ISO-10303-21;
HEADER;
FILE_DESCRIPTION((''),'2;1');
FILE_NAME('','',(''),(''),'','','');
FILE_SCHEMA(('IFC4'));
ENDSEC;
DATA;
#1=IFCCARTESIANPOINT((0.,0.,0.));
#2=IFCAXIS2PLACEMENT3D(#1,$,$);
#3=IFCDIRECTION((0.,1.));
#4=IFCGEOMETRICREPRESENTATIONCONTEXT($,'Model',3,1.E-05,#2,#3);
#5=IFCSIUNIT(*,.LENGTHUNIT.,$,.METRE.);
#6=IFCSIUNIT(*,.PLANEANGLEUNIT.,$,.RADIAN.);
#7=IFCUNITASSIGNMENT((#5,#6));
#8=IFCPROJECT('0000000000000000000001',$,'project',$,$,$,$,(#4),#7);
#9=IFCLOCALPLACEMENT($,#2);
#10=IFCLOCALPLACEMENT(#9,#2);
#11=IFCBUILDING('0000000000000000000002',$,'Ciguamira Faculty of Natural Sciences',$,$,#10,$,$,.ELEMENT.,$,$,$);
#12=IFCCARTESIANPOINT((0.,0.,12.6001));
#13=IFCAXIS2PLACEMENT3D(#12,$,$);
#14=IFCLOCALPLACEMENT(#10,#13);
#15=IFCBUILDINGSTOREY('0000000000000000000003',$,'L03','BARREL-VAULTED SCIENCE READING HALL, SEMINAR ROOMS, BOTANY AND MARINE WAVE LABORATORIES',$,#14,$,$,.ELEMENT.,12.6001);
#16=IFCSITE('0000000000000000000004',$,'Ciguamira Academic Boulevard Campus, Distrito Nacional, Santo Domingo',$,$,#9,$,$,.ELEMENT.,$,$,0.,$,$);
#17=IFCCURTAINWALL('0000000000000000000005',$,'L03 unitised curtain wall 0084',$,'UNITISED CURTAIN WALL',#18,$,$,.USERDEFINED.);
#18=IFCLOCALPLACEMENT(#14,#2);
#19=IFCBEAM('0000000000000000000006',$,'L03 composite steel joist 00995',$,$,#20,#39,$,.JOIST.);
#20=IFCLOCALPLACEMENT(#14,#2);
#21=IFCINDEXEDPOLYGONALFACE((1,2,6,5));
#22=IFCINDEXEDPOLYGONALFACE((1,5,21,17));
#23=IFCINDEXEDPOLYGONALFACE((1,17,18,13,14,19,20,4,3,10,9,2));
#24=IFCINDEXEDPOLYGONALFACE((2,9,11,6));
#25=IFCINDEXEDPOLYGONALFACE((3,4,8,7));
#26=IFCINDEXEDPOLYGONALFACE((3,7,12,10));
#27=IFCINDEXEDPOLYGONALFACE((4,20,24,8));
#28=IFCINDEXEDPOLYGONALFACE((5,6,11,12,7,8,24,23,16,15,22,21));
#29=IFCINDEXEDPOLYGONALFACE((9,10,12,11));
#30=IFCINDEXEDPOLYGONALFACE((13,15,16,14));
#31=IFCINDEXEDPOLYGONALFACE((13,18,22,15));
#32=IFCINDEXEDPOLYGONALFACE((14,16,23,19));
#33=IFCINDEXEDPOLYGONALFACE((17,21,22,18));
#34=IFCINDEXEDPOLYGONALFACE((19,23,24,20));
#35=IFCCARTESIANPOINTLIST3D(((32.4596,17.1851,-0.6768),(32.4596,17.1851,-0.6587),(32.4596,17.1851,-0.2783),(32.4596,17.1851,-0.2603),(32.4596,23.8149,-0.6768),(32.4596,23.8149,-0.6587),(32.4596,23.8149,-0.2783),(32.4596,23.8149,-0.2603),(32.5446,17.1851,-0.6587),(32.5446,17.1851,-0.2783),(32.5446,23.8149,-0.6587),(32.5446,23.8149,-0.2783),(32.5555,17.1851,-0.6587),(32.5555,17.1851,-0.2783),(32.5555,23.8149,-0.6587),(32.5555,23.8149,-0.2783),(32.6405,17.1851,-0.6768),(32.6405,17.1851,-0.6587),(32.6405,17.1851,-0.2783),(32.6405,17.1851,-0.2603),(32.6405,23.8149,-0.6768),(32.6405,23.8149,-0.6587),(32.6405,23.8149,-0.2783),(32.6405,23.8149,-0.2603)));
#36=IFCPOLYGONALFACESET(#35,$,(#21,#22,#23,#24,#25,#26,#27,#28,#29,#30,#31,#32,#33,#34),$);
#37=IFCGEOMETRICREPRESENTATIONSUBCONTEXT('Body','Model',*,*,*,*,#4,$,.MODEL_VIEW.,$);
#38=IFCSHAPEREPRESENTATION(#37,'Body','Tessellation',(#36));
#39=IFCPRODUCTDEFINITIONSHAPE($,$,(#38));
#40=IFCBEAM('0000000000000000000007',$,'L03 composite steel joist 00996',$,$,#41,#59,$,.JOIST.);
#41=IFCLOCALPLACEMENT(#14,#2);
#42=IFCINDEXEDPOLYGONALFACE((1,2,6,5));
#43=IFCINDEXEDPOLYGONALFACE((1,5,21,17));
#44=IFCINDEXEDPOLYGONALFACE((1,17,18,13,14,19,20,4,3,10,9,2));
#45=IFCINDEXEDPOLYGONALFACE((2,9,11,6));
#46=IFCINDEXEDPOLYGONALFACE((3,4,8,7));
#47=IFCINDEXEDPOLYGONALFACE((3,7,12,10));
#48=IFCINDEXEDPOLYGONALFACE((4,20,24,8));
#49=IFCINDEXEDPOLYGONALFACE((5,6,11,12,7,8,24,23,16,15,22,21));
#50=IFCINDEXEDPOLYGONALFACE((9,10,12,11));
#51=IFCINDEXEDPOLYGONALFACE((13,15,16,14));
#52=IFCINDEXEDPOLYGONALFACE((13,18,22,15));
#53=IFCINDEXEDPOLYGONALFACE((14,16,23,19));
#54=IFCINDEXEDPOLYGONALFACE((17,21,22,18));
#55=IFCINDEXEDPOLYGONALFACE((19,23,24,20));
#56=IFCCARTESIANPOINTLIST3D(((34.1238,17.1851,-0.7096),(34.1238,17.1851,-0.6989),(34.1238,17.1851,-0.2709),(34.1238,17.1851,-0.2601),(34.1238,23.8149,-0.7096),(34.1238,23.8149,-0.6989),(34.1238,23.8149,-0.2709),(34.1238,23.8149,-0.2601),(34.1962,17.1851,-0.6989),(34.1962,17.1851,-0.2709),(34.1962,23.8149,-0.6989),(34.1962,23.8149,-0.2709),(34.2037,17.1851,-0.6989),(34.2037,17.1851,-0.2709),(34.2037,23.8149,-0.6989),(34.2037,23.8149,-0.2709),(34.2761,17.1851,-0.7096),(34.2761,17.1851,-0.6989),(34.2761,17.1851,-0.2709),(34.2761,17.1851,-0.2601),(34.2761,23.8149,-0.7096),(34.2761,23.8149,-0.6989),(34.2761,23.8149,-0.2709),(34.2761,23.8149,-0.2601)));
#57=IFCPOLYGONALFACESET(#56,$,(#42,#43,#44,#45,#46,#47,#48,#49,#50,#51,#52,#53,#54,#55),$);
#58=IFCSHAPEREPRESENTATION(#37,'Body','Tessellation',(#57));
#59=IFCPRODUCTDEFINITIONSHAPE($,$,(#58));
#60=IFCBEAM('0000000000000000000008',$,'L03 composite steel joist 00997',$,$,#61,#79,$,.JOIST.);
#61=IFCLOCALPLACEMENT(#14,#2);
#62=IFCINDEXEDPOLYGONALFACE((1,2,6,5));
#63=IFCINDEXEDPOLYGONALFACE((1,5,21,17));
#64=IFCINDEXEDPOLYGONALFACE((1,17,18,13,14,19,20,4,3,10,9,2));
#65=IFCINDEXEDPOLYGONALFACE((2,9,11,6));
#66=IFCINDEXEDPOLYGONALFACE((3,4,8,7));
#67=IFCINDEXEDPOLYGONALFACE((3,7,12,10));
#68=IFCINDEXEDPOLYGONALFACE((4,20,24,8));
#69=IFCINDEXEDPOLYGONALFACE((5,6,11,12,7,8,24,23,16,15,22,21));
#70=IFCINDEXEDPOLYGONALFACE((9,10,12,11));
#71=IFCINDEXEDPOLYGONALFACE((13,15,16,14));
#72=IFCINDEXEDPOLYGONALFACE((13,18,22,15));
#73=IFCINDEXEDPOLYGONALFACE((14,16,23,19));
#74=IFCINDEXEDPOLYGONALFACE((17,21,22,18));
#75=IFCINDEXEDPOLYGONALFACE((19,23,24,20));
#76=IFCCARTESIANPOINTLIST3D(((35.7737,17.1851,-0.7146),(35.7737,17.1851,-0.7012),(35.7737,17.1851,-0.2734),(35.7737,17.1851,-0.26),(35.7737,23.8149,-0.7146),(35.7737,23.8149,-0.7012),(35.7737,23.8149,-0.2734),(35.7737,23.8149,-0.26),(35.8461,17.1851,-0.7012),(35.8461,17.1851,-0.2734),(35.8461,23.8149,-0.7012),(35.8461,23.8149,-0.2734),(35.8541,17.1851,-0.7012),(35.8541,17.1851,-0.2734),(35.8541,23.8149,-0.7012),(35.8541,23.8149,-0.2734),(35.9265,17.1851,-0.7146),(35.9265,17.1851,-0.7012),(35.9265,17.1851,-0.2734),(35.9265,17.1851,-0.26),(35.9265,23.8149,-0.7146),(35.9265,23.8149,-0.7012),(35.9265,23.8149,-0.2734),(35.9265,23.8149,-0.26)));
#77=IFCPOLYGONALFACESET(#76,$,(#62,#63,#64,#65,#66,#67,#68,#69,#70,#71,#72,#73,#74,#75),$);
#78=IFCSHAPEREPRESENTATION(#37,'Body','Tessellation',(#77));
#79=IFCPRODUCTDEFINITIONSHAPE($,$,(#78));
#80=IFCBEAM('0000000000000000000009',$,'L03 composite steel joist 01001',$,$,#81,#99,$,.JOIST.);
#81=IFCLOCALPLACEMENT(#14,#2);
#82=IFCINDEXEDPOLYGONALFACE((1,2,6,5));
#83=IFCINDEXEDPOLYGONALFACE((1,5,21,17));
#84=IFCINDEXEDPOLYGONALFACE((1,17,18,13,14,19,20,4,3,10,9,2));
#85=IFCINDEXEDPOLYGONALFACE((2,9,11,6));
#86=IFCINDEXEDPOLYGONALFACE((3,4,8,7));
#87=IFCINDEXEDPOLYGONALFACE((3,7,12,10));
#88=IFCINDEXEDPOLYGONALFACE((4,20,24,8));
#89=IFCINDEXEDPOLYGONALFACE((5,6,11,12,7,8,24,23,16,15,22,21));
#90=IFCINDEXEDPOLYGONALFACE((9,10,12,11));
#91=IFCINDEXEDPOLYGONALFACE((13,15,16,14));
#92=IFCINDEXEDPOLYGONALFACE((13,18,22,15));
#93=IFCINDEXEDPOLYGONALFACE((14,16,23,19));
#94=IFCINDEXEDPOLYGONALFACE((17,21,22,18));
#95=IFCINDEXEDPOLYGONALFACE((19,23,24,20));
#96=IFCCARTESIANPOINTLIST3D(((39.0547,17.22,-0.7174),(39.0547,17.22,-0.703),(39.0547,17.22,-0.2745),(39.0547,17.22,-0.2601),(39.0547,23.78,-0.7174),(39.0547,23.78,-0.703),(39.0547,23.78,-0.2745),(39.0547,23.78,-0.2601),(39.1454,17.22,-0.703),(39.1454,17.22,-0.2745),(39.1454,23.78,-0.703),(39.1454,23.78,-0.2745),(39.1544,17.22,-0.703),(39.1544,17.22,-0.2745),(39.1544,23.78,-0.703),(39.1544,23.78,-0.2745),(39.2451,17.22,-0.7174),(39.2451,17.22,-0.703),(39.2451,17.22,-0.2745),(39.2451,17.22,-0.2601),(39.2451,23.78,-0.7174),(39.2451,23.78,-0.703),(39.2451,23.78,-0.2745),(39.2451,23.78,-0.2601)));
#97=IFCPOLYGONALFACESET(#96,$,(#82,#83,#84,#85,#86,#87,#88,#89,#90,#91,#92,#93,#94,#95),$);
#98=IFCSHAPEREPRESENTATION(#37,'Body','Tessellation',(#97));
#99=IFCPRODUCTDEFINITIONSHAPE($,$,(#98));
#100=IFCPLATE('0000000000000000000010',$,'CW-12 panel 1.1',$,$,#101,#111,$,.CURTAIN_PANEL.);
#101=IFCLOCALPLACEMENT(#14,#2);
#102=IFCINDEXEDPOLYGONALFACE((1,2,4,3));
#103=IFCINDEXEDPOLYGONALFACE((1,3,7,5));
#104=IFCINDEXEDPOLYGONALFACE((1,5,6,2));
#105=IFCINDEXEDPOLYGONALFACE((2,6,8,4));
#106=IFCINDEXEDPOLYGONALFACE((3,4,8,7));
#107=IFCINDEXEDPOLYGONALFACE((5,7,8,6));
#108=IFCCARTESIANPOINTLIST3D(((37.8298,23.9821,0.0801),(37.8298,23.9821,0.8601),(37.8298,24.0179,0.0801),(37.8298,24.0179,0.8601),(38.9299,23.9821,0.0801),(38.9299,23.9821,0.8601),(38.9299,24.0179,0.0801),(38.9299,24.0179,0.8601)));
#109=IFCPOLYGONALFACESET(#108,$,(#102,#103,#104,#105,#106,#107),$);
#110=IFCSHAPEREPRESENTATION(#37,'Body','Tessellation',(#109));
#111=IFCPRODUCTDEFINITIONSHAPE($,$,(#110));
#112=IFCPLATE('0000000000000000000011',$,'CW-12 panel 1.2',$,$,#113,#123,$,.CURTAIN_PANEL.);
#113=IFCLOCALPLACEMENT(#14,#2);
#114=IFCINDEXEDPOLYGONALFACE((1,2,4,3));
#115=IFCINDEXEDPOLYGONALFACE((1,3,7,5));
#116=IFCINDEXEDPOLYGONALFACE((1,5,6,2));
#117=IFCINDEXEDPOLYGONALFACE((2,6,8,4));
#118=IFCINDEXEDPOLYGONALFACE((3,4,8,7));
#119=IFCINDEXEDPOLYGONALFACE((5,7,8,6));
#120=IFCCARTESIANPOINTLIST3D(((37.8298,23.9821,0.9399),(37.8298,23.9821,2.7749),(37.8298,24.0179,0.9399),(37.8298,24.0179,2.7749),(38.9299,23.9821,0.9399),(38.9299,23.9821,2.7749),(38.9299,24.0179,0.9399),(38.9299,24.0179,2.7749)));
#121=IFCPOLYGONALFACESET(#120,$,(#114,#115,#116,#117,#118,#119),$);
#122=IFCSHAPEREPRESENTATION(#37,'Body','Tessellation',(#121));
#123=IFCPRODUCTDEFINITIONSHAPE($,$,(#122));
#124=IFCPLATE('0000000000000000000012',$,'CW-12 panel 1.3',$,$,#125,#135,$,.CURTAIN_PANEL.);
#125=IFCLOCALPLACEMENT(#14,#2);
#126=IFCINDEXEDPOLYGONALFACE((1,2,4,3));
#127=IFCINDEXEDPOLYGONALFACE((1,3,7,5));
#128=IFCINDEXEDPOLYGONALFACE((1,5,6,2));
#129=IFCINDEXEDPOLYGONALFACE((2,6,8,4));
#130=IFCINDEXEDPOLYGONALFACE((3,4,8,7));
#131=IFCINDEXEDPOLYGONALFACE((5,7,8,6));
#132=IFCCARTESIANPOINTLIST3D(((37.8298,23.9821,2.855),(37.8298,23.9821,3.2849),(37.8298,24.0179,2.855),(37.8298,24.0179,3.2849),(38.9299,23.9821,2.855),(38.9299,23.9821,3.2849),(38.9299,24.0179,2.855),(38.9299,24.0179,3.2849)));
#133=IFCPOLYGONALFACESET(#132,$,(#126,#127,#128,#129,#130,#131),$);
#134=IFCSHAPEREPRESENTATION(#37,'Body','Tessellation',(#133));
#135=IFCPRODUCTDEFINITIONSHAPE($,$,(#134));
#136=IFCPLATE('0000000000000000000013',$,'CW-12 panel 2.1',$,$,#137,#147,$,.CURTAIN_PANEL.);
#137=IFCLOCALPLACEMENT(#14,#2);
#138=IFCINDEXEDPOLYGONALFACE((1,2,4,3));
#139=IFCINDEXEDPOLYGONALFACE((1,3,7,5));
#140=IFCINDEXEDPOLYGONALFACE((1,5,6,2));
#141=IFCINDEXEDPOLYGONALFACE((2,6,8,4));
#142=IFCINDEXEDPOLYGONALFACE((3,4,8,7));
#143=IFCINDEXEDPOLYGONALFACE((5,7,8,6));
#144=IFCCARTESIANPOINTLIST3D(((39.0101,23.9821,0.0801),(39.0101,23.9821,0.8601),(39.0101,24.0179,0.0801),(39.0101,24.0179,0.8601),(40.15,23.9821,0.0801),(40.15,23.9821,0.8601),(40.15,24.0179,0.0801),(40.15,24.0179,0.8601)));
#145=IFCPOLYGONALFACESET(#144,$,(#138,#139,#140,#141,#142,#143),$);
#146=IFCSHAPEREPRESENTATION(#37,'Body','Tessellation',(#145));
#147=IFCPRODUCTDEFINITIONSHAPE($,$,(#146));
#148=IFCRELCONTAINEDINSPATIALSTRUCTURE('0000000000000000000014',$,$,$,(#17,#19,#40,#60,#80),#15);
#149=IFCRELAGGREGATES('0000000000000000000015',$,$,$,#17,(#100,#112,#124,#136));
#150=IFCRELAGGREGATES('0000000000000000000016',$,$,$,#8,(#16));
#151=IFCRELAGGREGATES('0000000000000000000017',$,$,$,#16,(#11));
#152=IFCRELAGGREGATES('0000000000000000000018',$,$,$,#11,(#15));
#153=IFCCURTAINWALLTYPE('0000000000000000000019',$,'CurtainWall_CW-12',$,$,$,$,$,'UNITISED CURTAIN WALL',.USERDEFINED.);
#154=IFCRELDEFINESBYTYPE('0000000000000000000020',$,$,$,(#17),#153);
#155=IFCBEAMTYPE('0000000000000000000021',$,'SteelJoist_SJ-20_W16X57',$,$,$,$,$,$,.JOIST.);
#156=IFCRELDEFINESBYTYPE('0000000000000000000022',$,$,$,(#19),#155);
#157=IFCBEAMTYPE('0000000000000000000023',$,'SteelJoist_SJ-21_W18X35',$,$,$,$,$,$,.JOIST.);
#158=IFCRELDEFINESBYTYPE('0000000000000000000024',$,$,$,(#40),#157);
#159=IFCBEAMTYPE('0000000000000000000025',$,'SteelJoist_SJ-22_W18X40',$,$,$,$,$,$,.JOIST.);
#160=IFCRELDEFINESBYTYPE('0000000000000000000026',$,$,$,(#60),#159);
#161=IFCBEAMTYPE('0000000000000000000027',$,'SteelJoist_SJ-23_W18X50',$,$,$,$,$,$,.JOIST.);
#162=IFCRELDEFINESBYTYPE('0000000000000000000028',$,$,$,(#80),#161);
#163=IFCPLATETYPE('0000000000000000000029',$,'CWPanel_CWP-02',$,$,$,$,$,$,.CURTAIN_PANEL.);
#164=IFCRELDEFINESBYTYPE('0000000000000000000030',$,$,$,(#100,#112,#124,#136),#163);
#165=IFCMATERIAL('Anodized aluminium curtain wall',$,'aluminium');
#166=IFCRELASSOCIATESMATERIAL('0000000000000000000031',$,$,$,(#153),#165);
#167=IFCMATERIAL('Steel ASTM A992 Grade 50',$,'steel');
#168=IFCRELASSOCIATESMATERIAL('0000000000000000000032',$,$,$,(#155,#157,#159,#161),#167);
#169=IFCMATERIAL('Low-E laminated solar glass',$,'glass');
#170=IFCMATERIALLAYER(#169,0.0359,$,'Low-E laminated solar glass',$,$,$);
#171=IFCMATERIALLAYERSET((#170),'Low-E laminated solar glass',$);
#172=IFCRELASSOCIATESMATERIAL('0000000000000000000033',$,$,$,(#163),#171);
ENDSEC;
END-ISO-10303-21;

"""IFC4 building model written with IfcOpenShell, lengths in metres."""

from ifc_helpers import new_model, si_unit, direction, frame, origin, origin_2d, place, context, subcontext, project, spatial, rectangle, i_section, extrude, material, layer, layer_set, material_profile, profile_set, type_object, element, aggregate, save


model = new_model("IFC4")

# Units and contexts
model_context = context("Model", 3, precision=1e-05, world=origin(), true_north=direction((0.0, 1.0)))
body_context = subcontext(model_context, "Body", "Model", "MODEL_VIEW")
ifc_project = project(units=[si_unit("LENGTHUNIT", "METRE"), si_unit("PLANEANGLEUNIT", "RADIAN")], contexts=[model_context])

# Site, building, storey
site_placement = place(None, origin())
site = spatial("IfcSite", under=ifc_project, at=site_placement, Name="Ciguamira Academic Boulevard Campus, Distrito Nacional, Santo Domingo", CompositionType="ELEMENT", RefElevation=0.0)
building_placement = place(site_placement, origin())
building = spatial("IfcBuilding", under=site, at=building_placement, Name="Ciguamira Faculty of Natural Sciences", CompositionType="ELEMENT")
storey_placement = place(building_placement, frame((0.0, 0.0, 12.6001)))
storey = spatial("IfcBuildingStorey", under=building, at=storey_placement, Name="L03", Description="BARREL-VAULTED SCIENCE READING HALL, SEMINAR ROOMS, BOTANY AND MARINE WAVE LABORATORIES", CompositionType="ELEMENT", Elevation=12.6001)

# Curtain wall
ifc_material_1 = material(Name="Anodized aluminium curtain wall", Category="aluminium")
curtain_wall_type = type_object("IfcCurtainWallType", Name="CurtainWall_CW-12", ElementType="UNITISED CURTAIN WALL", PredefinedType="USERDEFINED", material=ifc_material_1)
curtain_wall_placement = place(storey_placement, origin())
curtain_wall = element("IfcCurtainWall", 1, at=curtain_wall_placement, inside=storey, type_object=curtain_wall_type, Name="L03 unitised curtain wall 0084", ObjectType="UNITISED CURTAIN WALL", PredefinedType="USERDEFINED")

# Beams
ifc_material_2 = material(Name="Steel ASTM A992 Grade 50", Category="steel")
ifc_material_profile_1 = material_profile(ifc_material_2, i_section(OverallWidth=0.1809, OverallDepth=0.4165, WebThickness=0.011, FlangeThickness=0.0181, at=origin_2d()), Name="W16X57")
ifc_profile_set_1 = profile_set([ifc_material_profile_1], Name="Steel ASTM A992 Grade 50")
beam_type_1 = type_object("IfcBeamType", Name="SteelJoist_SJ-20_W16X57", PredefinedType="JOIST", material=ifc_profile_set_1)
beam_1_placement = place(storey_placement, frame((32.55, 17.1851, -0.4685), z_axis=(0.0, 1.0, 0.0), x_axis=(-1.0, 0.0, 0.0)))
element("IfcBeam", 2, at=beam_1_placement, inside=storey, type_object=beam_type_1, Name="L03 composite steel joist 00995", PredefinedType="JOIST", context=body_context, shape_type="SweptSolid", body=[
    extrude(i_section(OverallWidth=0.1809, OverallDepth=0.4165, WebThickness=0.011, FlangeThickness=0.0181, at=origin_2d()), origin(), (0.0, 0.0, 1.0), 6.6299),
])
ifc_material_profile_2 = material_profile(ifc_material_2, i_section(OverallWidth=0.1523, OverallDepth=0.4495, WebThickness=0.0076, FlangeThickness=0.0107, at=origin_2d()), Name="W18X35")
ifc_profile_set_2 = profile_set([ifc_material_profile_2], Name="Steel ASTM A992 Grade 50")
beam_type_2 = type_object("IfcBeamType", Name="SteelJoist_SJ-21_W18X35", PredefinedType="JOIST", material=ifc_profile_set_2)
beam_2_placement = place(storey_placement, frame((34.2, 17.1851, -0.4849), z_axis=(0.0, 1.0, 0.0), x_axis=(-1.0, 0.0, 0.0)))
element("IfcBeam", 3, at=beam_2_placement, inside=storey, type_object=beam_type_2, Name="L03 composite steel joist 00996", PredefinedType="JOIST", context=body_context, shape_type="SweptSolid", body=[
    extrude(i_section(OverallWidth=0.1523, OverallDepth=0.4495, WebThickness=0.0076, FlangeThickness=0.0107, at=origin_2d()), origin(), (0.0, 0.0, 1.0), 6.6299),
])
ifc_material_profile_3 = material_profile(ifc_material_2, i_section(OverallWidth=0.1528, OverallDepth=0.4546, WebThickness=0.0081, FlangeThickness=0.0134, at=origin_2d()), Name="W18X40")
ifc_profile_set_3 = profile_set([ifc_material_profile_3], Name="Steel ASTM A992 Grade 50")
beam_type_3 = type_object("IfcBeamType", Name="SteelJoist_SJ-22_W18X40", PredefinedType="JOIST", material=ifc_profile_set_3)
beam_3_placement = place(storey_placement, frame((35.8501, 17.1851, -0.4873), z_axis=(0.0, 1.0, 0.0), x_axis=(-1.0, 0.0, 0.0)))
element("IfcBeam", 4, at=beam_3_placement, inside=storey, type_object=beam_type_3, Name="L03 composite steel joist 00997", PredefinedType="JOIST", context=body_context, shape_type="SweptSolid", body=[
    extrude(i_section(OverallWidth=0.1528, OverallDepth=0.4546, WebThickness=0.0081, FlangeThickness=0.0134, at=origin_2d()), origin(), (0.0, 0.0, 1.0), 6.6299),
])
ifc_material_profile_4 = material_profile(ifc_material_2, i_section(OverallWidth=0.1904, OverallDepth=0.4573, WebThickness=0.009, FlangeThickness=0.0144, at=origin_2d()), Name="W18X50")
ifc_profile_set_4 = profile_set([ifc_material_profile_4], Name="Steel ASTM A992 Grade 50")
beam_type_4 = type_object("IfcBeamType", Name="SteelJoist_SJ-23_W18X50", PredefinedType="JOIST", material=ifc_profile_set_4)
beam_4_placement = place(storey_placement, frame((39.1499, 17.22, -0.4888), z_axis=(0.0, 1.0, 0.0), x_axis=(-1.0, 0.0, 0.0)))
element("IfcBeam", 5, at=beam_4_placement, inside=storey, type_object=beam_type_4, Name="L03 composite steel joist 01001", PredefinedType="JOIST", context=body_context, shape_type="SweptSolid", body=[
    extrude(i_section(OverallWidth=0.1904, OverallDepth=0.4573, WebThickness=0.009, FlangeThickness=0.0144, at=origin_2d()), origin(), (0.0, 0.0, 1.0), 6.5601),
])

# Plates
ifc_material_3 = material(Name="Low-E laminated solar glass", Category="glass")
ifc_layer = layer(ifc_material_3, 0.0359, Name="Low-E laminated solar glass")
ifc_layer_set = layer_set([ifc_layer], Name="Low-E laminated solar glass")
plate_type = type_object("IfcPlateType", Name="CWPanel_CWP-02", PredefinedType="CURTAIN_PANEL", material=ifc_layer_set)
plate_1_placement = place(storey_placement, frame((38.3799, 24.0, 0.0801), z_axis=(0.0, 0.0, 1.0), x_axis=(1.0, 0.0, 0.0)))
plate_1 = element("IfcPlate", 6, at=plate_1_placement, type_object=plate_type, Name="CW-12 panel 1.1", PredefinedType="CURTAIN_PANEL", context=body_context, shape_type="SweptSolid", body=[
    extrude(rectangle(XDim=1.1001, YDim=0.0359, at=origin_2d()), origin(), (0.0, 0.0, 1.0), 0.78),
])
plate_2_placement = place(storey_placement, frame((38.3799, 24.0, 0.9399), z_axis=(0.0, 0.0, 1.0), x_axis=(1.0, 0.0, 0.0)))
plate_2 = element("IfcPlate", 7, at=plate_2_placement, type_object=plate_type, Name="CW-12 panel 1.2", PredefinedType="CURTAIN_PANEL", context=body_context, shape_type="SweptSolid", body=[
    extrude(rectangle(XDim=1.1001, YDim=0.0359, at=origin_2d()), origin(), (0.0, 0.0, 1.0), 1.835),
])
plate_3_placement = place(storey_placement, frame((38.3799, 24.0, 2.855), z_axis=(0.0, 0.0, 1.0), x_axis=(1.0, 0.0, 0.0)))
plate_3 = element("IfcPlate", 8, at=plate_3_placement, type_object=plate_type, Name="CW-12 panel 1.3", PredefinedType="CURTAIN_PANEL", context=body_context, shape_type="SweptSolid", body=[
    extrude(rectangle(XDim=1.1001, YDim=0.0359, at=origin_2d()), origin(), (0.0, 0.0, 1.0), 0.4299),
])
plate_4_placement = place(storey_placement, frame((39.5801, 24.0, 0.0801), z_axis=(0.0, 0.0, 1.0), x_axis=(1.0, 0.0, 0.0)))
plate_4 = element("IfcPlate", 9, at=plate_4_placement, type_object=plate_type, Name="CW-12 panel 2.1", PredefinedType="CURTAIN_PANEL", context=body_context, shape_type="SweptSolid", body=[
    extrude(rectangle(XDim=1.1399, YDim=0.0359, at=origin_2d()), origin(), (0.0, 0.0, 1.0), 0.78),
])
aggregate(curtain_wall, [plate_1, plate_2, plate_3, plate_4])

save(model, "model.ifc")
